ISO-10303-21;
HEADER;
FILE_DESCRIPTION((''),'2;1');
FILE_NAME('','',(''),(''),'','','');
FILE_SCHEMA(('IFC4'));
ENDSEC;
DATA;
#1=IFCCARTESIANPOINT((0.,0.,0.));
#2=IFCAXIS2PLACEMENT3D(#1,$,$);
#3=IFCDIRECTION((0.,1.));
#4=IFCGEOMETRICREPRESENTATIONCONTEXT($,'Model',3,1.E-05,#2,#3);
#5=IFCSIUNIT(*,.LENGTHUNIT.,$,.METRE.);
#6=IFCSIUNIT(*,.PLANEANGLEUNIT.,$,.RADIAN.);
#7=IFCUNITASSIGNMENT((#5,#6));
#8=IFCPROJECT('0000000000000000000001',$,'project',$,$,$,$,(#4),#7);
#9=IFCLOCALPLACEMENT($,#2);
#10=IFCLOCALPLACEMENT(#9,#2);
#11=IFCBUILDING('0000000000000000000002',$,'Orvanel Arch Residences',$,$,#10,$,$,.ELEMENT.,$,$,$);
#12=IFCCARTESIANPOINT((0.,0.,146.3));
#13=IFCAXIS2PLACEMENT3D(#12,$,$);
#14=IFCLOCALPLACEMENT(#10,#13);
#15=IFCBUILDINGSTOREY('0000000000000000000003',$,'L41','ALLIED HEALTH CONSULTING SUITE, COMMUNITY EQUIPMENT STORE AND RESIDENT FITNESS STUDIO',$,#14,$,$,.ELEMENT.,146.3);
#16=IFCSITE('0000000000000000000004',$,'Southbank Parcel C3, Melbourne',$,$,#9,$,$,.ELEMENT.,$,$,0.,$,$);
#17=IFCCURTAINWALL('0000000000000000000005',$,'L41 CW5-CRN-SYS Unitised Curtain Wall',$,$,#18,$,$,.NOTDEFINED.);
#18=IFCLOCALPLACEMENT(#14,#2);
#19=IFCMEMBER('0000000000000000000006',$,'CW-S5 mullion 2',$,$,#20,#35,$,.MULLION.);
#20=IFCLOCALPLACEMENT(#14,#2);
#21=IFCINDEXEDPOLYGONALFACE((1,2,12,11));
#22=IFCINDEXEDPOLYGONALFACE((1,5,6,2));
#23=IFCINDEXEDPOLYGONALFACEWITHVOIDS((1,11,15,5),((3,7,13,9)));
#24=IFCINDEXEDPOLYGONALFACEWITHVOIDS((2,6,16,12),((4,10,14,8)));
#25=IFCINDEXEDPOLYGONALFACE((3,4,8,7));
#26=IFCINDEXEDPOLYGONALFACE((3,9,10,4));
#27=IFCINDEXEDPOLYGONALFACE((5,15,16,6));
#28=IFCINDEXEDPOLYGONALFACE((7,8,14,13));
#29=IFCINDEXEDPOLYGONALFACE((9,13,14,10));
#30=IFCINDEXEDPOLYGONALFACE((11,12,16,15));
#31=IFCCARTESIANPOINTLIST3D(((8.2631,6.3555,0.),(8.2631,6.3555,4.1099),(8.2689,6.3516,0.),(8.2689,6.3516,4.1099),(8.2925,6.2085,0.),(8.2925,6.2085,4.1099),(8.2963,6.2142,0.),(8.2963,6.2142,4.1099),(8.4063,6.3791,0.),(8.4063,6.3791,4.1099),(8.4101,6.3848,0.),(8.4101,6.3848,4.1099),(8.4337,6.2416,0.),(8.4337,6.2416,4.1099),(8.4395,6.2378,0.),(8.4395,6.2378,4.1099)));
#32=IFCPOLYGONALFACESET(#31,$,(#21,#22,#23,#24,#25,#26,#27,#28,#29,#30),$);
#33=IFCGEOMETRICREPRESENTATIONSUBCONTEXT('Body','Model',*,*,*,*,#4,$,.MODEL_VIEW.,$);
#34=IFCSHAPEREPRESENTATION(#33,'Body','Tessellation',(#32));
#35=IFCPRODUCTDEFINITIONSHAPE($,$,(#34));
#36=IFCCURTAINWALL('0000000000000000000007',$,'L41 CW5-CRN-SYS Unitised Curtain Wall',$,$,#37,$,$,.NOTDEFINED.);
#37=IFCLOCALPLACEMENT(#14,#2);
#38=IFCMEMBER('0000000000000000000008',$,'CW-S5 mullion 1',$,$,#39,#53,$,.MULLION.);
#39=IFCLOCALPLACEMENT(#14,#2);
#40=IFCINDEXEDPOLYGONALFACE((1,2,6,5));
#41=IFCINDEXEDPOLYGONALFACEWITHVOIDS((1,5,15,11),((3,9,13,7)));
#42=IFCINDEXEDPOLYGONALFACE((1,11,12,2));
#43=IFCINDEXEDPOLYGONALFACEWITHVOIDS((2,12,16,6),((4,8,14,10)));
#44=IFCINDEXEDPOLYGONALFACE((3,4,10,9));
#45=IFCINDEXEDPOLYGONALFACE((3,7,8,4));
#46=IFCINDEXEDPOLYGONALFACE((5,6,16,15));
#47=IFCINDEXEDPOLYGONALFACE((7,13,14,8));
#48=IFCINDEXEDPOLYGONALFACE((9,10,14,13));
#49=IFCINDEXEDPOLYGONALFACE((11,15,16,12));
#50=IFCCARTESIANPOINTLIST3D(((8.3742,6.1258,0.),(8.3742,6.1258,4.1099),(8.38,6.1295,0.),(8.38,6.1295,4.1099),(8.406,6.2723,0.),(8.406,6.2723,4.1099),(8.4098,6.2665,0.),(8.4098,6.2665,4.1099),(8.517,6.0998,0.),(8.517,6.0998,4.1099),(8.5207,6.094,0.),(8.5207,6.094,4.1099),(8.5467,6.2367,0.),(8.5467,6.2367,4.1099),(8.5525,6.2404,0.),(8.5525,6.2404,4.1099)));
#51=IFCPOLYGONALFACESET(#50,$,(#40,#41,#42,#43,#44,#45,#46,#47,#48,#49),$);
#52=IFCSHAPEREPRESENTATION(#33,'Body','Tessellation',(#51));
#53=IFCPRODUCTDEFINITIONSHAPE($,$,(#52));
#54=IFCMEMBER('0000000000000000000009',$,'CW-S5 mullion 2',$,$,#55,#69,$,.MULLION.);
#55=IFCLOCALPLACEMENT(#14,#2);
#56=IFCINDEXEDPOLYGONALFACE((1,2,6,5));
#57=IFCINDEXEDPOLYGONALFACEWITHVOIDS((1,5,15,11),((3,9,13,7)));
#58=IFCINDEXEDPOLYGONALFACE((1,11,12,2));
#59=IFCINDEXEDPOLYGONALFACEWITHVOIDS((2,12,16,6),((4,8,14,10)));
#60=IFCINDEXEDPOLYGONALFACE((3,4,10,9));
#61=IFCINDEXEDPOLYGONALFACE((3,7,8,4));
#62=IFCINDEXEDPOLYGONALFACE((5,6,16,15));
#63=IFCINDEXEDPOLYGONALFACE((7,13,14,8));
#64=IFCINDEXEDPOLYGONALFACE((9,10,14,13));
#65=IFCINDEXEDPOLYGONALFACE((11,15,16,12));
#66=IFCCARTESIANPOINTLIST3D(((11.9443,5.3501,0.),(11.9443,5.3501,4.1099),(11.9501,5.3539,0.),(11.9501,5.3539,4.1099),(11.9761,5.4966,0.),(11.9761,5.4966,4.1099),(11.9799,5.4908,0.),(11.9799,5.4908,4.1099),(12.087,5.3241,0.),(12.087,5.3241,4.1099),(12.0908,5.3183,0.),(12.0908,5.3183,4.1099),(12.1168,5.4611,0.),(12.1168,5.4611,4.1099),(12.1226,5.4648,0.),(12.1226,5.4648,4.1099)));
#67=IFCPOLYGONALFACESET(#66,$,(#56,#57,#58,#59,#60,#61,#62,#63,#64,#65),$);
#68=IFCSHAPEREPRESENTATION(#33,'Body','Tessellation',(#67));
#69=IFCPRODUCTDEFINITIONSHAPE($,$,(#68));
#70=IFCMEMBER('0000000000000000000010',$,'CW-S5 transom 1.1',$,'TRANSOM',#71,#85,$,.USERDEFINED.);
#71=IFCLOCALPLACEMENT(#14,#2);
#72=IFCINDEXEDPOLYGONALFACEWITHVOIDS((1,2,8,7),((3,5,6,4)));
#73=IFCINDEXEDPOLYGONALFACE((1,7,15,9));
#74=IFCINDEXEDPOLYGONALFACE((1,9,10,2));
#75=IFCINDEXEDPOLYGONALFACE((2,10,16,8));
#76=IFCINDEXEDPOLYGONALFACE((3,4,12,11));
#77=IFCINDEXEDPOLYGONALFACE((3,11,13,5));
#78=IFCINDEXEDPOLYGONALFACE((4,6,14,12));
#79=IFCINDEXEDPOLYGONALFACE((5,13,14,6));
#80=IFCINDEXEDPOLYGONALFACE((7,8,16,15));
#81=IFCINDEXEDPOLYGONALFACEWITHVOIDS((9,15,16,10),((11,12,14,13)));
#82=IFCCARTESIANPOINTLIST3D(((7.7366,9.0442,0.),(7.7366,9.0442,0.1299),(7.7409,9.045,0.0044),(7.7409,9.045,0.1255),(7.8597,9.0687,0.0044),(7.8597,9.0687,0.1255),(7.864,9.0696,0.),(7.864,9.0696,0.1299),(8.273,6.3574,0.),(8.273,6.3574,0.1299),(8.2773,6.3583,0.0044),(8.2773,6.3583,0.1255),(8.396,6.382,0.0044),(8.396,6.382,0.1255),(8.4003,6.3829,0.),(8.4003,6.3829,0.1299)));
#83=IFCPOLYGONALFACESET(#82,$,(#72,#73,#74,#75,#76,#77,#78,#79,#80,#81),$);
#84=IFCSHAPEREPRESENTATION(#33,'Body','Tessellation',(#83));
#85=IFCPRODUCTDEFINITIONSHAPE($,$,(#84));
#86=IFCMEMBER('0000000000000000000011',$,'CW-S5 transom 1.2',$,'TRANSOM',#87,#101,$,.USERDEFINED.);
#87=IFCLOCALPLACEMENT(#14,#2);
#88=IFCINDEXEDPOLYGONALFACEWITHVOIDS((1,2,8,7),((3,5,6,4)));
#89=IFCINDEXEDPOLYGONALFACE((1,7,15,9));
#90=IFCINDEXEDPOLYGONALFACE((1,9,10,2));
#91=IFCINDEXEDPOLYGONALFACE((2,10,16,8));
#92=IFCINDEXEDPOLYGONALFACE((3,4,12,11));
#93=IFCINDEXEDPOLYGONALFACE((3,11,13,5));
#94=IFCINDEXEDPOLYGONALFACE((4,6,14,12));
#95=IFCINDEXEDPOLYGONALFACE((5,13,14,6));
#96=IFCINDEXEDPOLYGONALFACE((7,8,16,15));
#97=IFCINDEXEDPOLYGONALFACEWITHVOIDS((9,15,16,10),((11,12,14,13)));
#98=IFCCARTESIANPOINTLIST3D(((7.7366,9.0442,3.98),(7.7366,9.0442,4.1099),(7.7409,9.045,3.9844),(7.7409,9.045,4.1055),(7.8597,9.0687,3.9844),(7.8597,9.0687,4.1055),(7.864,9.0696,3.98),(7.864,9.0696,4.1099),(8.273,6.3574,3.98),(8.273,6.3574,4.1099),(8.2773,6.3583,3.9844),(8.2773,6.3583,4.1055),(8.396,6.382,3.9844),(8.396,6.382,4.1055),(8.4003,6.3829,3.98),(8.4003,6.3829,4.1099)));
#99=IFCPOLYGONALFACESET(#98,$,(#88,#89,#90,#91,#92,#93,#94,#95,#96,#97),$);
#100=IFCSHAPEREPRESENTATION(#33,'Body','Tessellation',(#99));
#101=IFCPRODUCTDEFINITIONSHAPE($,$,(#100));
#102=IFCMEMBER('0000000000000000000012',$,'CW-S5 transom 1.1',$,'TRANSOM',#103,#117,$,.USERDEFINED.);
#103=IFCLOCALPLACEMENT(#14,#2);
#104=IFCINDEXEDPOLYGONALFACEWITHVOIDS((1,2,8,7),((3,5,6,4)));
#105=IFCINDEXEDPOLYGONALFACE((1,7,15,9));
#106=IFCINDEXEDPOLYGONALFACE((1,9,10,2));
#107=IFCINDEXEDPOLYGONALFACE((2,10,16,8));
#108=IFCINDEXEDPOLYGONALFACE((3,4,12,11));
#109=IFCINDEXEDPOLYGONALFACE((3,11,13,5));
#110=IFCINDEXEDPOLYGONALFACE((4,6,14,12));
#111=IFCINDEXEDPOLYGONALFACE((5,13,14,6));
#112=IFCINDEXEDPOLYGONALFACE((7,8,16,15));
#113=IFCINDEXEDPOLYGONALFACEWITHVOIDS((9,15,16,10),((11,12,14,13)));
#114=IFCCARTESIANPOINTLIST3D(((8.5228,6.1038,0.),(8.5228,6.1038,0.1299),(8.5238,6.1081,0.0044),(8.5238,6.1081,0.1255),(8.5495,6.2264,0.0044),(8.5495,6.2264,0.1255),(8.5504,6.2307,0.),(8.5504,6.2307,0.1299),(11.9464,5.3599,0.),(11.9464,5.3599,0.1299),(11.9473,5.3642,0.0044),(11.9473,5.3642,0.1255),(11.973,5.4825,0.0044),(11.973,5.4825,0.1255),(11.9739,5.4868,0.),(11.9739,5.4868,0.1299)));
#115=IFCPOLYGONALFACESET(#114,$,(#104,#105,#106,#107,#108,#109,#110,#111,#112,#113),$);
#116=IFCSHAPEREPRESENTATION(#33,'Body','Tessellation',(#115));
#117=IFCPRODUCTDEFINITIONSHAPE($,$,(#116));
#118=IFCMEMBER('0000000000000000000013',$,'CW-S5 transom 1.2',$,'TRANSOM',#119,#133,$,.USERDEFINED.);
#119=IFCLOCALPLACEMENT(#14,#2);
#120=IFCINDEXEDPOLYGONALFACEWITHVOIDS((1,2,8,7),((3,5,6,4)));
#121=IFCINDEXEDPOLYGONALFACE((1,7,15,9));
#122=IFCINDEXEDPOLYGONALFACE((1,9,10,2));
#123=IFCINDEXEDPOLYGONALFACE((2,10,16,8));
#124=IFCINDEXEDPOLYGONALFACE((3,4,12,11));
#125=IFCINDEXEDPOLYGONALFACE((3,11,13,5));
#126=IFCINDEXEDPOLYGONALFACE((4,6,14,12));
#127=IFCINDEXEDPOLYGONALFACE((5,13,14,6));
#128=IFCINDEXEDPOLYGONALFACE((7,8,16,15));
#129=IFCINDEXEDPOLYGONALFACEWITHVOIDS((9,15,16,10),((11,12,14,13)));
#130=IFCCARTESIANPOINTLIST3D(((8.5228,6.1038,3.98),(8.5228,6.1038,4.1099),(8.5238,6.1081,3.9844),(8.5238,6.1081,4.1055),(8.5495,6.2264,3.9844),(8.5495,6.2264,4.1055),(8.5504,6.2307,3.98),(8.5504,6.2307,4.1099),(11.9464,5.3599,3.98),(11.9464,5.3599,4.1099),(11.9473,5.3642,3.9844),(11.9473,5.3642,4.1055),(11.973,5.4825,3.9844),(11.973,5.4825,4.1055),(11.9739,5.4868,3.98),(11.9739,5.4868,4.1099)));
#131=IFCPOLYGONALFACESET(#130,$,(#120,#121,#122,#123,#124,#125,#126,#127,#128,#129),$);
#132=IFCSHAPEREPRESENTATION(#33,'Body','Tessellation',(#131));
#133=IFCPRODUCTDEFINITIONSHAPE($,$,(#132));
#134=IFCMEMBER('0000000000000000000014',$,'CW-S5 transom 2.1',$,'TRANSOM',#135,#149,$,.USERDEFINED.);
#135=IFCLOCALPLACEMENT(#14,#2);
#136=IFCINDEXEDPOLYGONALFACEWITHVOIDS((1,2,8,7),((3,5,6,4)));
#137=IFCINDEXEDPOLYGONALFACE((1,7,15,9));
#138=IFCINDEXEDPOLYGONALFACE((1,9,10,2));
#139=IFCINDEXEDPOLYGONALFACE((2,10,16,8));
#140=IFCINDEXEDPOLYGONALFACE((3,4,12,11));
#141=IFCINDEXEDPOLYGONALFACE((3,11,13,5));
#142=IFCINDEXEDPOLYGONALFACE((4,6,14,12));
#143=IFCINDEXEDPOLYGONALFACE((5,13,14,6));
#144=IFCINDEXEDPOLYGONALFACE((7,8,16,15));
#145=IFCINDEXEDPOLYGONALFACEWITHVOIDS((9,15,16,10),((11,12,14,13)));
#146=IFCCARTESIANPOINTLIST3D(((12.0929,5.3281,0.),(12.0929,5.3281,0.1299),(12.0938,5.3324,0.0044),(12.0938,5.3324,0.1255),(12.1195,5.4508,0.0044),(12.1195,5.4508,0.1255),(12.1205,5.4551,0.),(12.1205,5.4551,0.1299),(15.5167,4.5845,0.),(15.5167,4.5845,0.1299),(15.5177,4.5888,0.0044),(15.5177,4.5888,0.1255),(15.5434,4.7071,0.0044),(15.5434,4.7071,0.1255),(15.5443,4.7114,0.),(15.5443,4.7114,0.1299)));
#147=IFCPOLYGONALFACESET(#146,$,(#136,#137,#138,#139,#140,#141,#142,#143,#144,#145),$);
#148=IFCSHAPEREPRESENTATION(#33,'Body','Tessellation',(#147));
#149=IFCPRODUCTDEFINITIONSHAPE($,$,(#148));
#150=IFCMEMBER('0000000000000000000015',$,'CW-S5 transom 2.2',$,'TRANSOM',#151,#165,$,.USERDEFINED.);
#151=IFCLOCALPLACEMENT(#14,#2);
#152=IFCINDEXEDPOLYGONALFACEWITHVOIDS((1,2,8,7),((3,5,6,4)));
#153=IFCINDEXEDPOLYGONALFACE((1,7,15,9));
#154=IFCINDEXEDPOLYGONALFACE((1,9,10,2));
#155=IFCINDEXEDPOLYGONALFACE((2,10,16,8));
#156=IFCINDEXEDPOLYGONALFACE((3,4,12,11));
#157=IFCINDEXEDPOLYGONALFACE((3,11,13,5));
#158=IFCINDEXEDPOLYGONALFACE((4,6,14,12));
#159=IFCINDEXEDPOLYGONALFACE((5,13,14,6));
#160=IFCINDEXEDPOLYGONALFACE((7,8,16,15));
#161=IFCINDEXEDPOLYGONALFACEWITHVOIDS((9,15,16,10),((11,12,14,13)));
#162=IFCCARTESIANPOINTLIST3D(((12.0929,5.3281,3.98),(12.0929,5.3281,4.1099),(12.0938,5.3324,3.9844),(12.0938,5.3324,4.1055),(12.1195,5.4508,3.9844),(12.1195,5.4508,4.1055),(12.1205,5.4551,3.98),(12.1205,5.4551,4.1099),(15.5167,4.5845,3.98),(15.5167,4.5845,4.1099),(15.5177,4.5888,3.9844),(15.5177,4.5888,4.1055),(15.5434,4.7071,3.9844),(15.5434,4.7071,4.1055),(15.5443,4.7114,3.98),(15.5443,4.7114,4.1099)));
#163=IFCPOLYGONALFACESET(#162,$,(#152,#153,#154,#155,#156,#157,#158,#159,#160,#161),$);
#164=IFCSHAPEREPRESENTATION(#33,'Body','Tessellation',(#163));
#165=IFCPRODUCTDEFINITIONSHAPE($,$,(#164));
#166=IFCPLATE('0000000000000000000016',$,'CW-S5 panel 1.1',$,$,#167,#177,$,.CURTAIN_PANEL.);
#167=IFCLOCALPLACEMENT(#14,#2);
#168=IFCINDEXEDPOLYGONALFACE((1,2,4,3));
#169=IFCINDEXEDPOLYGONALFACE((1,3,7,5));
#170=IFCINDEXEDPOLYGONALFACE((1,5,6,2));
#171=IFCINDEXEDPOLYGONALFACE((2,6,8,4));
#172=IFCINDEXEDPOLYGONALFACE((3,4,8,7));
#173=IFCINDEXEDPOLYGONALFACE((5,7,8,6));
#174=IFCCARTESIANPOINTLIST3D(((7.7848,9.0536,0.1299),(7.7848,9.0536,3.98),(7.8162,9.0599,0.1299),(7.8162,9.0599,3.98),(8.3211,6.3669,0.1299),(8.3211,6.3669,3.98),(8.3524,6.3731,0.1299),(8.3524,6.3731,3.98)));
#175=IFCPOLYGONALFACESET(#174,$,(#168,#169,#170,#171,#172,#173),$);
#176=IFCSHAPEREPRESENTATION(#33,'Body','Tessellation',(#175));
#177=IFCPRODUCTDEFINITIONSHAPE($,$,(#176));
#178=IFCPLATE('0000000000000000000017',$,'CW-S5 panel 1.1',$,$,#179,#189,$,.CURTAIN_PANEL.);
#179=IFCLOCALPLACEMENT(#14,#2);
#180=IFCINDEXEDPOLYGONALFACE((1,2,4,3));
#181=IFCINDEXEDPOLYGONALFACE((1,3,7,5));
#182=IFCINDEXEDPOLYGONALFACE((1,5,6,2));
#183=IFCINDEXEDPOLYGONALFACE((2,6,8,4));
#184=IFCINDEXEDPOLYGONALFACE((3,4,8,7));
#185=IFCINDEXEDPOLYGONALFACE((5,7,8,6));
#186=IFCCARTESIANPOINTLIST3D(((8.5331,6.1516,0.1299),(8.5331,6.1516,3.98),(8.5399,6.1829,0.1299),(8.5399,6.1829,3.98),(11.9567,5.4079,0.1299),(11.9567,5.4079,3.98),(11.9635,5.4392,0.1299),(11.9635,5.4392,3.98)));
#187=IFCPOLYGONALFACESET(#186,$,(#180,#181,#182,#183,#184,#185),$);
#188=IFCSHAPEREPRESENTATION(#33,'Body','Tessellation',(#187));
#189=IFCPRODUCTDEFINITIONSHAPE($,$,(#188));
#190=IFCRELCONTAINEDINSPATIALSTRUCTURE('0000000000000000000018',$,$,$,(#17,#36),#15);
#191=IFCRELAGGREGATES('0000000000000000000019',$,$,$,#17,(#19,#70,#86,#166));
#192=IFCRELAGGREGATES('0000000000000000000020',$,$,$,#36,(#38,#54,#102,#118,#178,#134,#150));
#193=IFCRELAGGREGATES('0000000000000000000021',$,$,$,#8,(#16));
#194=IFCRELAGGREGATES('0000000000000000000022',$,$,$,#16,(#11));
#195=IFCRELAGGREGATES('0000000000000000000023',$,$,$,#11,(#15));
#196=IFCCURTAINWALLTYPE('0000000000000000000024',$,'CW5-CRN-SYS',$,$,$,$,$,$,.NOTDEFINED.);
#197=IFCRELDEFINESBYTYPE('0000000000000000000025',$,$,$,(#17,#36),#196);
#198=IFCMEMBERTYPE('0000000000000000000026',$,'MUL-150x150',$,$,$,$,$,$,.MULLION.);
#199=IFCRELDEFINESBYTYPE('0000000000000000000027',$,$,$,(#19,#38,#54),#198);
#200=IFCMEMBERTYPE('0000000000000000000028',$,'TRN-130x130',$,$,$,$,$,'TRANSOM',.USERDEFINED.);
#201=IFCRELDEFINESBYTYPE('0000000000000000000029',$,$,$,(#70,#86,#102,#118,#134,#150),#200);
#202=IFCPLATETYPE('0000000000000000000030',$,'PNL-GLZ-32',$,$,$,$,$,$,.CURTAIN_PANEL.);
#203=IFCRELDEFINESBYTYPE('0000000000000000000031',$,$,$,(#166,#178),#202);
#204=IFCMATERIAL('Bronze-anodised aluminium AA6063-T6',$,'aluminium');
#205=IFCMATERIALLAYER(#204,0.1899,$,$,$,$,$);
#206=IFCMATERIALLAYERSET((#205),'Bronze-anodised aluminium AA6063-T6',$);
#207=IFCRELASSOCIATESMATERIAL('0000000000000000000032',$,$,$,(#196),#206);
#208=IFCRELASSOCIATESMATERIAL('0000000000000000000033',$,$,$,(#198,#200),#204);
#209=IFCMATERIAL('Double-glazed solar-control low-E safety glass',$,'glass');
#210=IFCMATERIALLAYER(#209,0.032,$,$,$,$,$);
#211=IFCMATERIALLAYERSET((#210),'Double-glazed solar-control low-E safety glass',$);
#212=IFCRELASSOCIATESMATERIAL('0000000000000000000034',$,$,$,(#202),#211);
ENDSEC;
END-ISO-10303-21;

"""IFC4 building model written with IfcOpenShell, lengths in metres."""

from ifc_helpers import new_model, si_unit, direction, frame, origin, origin_2d, place, context, subcontext, project, spatial, rectangle, hollow_rectangle, extrude, material, layer, layer_set, material_profile, profile_set, type_object, element, aggregate, save


model = new_model("IFC4")

# Units and contexts
model_context = context("Model", 3, precision=1e-05, world=origin(), true_north=direction((0.0, 1.0)))
body_context = subcontext(model_context, "Body", "Model", "MODEL_VIEW")
ifc_project = project(units=[si_unit("LENGTHUNIT", "METRE"), si_unit("PLANEANGLEUNIT", "RADIAN")], contexts=[model_context])

# Site, building, storey
site_placement = place(None, origin())
site = spatial("IfcSite", under=ifc_project, at=site_placement, Name="Southbank Parcel C3, Melbourne", CompositionType="ELEMENT", RefElevation=0.0)
building_placement = place(site_placement, origin())
building = spatial("IfcBuilding", under=site, at=building_placement, Name="Orvanel Arch Residences", CompositionType="ELEMENT")
storey_placement = place(building_placement, frame((0.0, 0.0, 146.3)))
storey = spatial("IfcBuildingStorey", under=building, at=storey_placement, Name="L41", Description="ALLIED HEALTH CONSULTING SUITE, COMMUNITY EQUIPMENT STORE AND RESIDENT FITNESS STUDIO", CompositionType="ELEMENT", Elevation=146.3)

# Curtain wall, member
ifc_material_1 = material(Name="Bronze-anodised aluminium AA6063-T6", Category="aluminium")
ifc_layer_1 = layer(ifc_material_1, 0.1899)
ifc_layer_set_1 = layer_set([ifc_layer_1], Name="Bronze-anodised aluminium AA6063-T6")
curtain_wall_type = type_object("IfcCurtainWallType", Name="CW5-CRN-SYS", PredefinedType="NOTDEFINED", material=ifc_layer_set_1)
curtain_wall_1_placement = place(storey_placement, origin())
curtain_wall_1 = element("IfcCurtainWall", 1, at=curtain_wall_1_placement, inside=storey, type_object=curtain_wall_type, Name="L41 CW5-CRN-SYS Unitised Curtain Wall", PredefinedType="NOTDEFINED")
ifc_material_profile_1 = material_profile(ifc_material_1, hollow_rectangle(XDim=0.1499, YDim=0.1499, WallThickness=0.0049, at=origin_2d()), Name="ALU150x150x5")
ifc_profile_set_1 = profile_set([ifc_material_profile_1], Name="Bronze-anodised aluminium AA6063-T6")
member_type_1 = type_object("IfcMemberType", Name="MUL-150x150", PredefinedType="MULLION", material=ifc_profile_set_1)
member_1_placement = place(storey_placement, frame((8.3513, 6.2966, 0.0), z_axis=(0.0, 0.0, 1.0), x_axis=(0.980657, 0.195737, 0.0)))
member_1 = element("IfcMember", 2, at=member_1_placement, type_object=member_type_1, Name="CW-S5 mullion 2", PredefinedType="MULLION", context=body_context, shape_type="SweptSolid", body=[
    extrude(hollow_rectangle(XDim=0.1499, YDim=0.1499, WallThickness=0.0049, at=origin_2d()), origin(), (0.0, 0.0, 1.0), 4.1099),
])

# Curtain wall, members
curtain_wall_2_placement = place(storey_placement, origin())
curtain_wall_2 = element("IfcCurtainWall", 3, at=curtain_wall_2_placement, inside=storey, type_object=curtain_wall_type, Name="L41 CW5-CRN-SYS Unitised Curtain Wall", PredefinedType="NOTDEFINED")
member_2_placement = place(storey_placement, frame((8.4634, 6.1831, 0.0), z_axis=(0.0, 0.0, 1.0), x_axis=(0.212285, 0.977208, 0.0)))
member_2 = element("IfcMember", 4, at=member_2_placement, type_object=member_type_1, Name="CW-S5 mullion 1", PredefinedType="MULLION", context=body_context, shape_type="SweptSolid", body=[
    extrude(hollow_rectangle(XDim=0.1499, YDim=0.1499, WallThickness=0.0049, at=origin_2d()), origin(), (0.0, 0.0, 1.0), 4.1099),
])
member_3_placement = place(storey_placement, frame((12.0334, 5.4075, 0.0), z_axis=(0.0, 0.0, 1.0), x_axis=(0.212285, 0.977208, 0.0)))
member_3 = element("IfcMember", 5, at=member_3_placement, type_object=member_type_1, Name="CW-S5 mullion 2", PredefinedType="MULLION", context=body_context, shape_type="SweptSolid", body=[
    extrude(hollow_rectangle(XDim=0.1499, YDim=0.1499, WallThickness=0.0049, at=origin_2d()), origin(), (0.0, 0.0, 1.0), 4.1099),
])

# Members
ifc_material_profile_2 = material_profile(ifc_material_1, hollow_rectangle(XDim=0.1299, YDim=0.1299, WallThickness=0.0044, at=origin_2d()), Name="ALU130x130x4.5")
ifc_profile_set_2 = profile_set([ifc_material_profile_2], Name="Bronze-anodised aluminium AA6063-T6")
member_type_2 = type_object("IfcMemberType", Name="TRN-130x130", ElementType="TRANSOM", PredefinedType="USERDEFINED", material=ifc_profile_set_2)
member_4_placement = place(storey_placement, frame((7.8003, 9.0569, 0.0649), z_axis=(0.195773, -0.980649, 0.0), x_axis=(0.980649, 0.195773, 0.0)))
member_4 = element("IfcMember", 6, at=member_4_placement, type_object=member_type_2, Name="CW-S5 transom 1.1", ObjectType="TRANSOM", PredefinedType="USERDEFINED", context=body_context, shape_type="SweptSolid", body=[
    extrude(hollow_rectangle(XDim=0.1299, YDim=0.1299, WallThickness=0.0044, at=origin_2d()), origin(), (0.0, 0.0, 1.0), 2.7397),
])
member_5_placement = place(storey_placement, frame((7.8003, 9.0569, 4.0449), z_axis=(0.195773, -0.980649, 0.0), x_axis=(0.980649, 0.195773, 0.0)))
member_5 = element("IfcMember", 7, at=member_5_placement, type_object=member_type_2, Name="CW-S5 transom 1.2", ObjectType="TRANSOM", PredefinedType="USERDEFINED", context=body_context, shape_type="SweptSolid", body=[
    extrude(hollow_rectangle(XDim=0.1299, YDim=0.1299, WallThickness=0.0044, at=origin_2d()), origin(), (0.0, 0.0, 1.0), 2.7397),
])
member_6_placement = place(storey_placement, frame((8.5366, 6.1672, 0.0649), z_axis=(0.977198, -0.212331, 0.0), x_axis=(0.212331, 0.977198, 0.0)))
member_6 = element("IfcMember", 8, at=member_6_placement, type_object=member_type_2, Name="CW-S5 transom 1.1", ObjectType="TRANSOM", PredefinedType="USERDEFINED", context=body_context, shape_type="SweptSolid", body=[
    extrude(hollow_rectangle(XDim=0.1299, YDim=0.1299, WallThickness=0.0044, at=origin_2d()), origin(), (0.0, 0.0, 1.0), 3.5034),
])
member_7_placement = place(storey_placement, frame((8.5366, 6.1672, 4.0449), z_axis=(0.977198, -0.212331, 0.0), x_axis=(0.212331, 0.977198, 0.0)))
member_7 = element("IfcMember", 9, at=member_7_placement, type_object=member_type_2, Name="CW-S5 transom 1.2", ObjectType="TRANSOM", PredefinedType="USERDEFINED", context=body_context, shape_type="SweptSolid", body=[
    extrude(hollow_rectangle(XDim=0.1299, YDim=0.1299, WallThickness=0.0044, at=origin_2d()), origin(), (0.0, 0.0, 1.0), 3.5034),
])
member_8_placement = place(storey_placement, frame((12.1067, 5.3916, 0.0649), z_axis=(0.977215, -0.21225, 0.0), x_axis=(0.21225, 0.977215, 0.0)))
member_8 = element("IfcMember", 10, at=member_8_placement, type_object=member_type_2, Name="CW-S5 transom 2.1", ObjectType="TRANSOM", PredefinedType="USERDEFINED", context=body_context, shape_type="SweptSolid", body=[
    extrude(hollow_rectangle(XDim=0.1299, YDim=0.1299, WallThickness=0.0044, at=origin_2d()), origin(), (0.0, 0.0, 1.0), 3.5037),
])
member_9_placement = place(storey_placement, frame((12.1067, 5.3916, 4.0449), z_axis=(0.977215, -0.21225, 0.0), x_axis=(0.21225, 0.977215, 0.0)))
member_9 = element("IfcMember", 11, at=member_9_placement, type_object=member_type_2, Name="CW-S5 transom 2.2", ObjectType="TRANSOM", PredefinedType="USERDEFINED", context=body_context, shape_type="SweptSolid", body=[
    extrude(hollow_rectangle(XDim=0.1299, YDim=0.1299, WallThickness=0.0044, at=origin_2d()), origin(), (0.0, 0.0, 1.0), 3.5037),
])

# Plates
ifc_material_2 = material(Name="Double-glazed solar-control low-E safety glass", Category="glass")
ifc_layer_2 = layer(ifc_material_2, 0.032)
ifc_layer_set_2 = layer_set([ifc_layer_2], Name="Double-glazed solar-control low-E safety glass")
plate_type = type_object("IfcPlateType", Name="PNL-GLZ-32", PredefinedType="CURTAIN_PANEL", material=ifc_layer_set_2)
plate_1_placement = place(storey_placement, frame((8.0686, 7.7134, 0.1299), z_axis=(0.0, 0.0, 1.0), x_axis=(0.195737, -0.980657, 0.0)))
plate_1 = element("IfcPlate", 12, at=plate_1_placement, type_object=plate_type, Name="CW-S5 panel 1.1", PredefinedType="CURTAIN_PANEL", context=body_context, shape_type="SweptSolid", body=[
    extrude(rectangle(XDim=2.7397, YDim=0.032, at=origin_2d()), origin(), (0.0, 0.0, 1.0), 3.8501),
])
aggregate(curtain_wall_1, [member_1, member_4, member_5, plate_1])
plate_2_placement = place(storey_placement, frame((10.2483, 5.7954, 0.1299), z_axis=(0.0, 0.0, 1.0), x_axis=(0.977208, -0.212285, 0.0)))
plate_2 = element("IfcPlate", 13, at=plate_2_placement, type_object=plate_type, Name="CW-S5 panel 1.1", PredefinedType="CURTAIN_PANEL", context=body_context, shape_type="SweptSolid", body=[
    extrude(rectangle(XDim=3.5034, YDim=0.032, at=origin_2d()), origin(), (0.0, 0.0, 1.0), 3.8501),
])
aggregate(curtain_wall_2, [member_2, member_3, member_6, member_7, plate_2, member_8, member_9])

save(model, "model.ifc")
